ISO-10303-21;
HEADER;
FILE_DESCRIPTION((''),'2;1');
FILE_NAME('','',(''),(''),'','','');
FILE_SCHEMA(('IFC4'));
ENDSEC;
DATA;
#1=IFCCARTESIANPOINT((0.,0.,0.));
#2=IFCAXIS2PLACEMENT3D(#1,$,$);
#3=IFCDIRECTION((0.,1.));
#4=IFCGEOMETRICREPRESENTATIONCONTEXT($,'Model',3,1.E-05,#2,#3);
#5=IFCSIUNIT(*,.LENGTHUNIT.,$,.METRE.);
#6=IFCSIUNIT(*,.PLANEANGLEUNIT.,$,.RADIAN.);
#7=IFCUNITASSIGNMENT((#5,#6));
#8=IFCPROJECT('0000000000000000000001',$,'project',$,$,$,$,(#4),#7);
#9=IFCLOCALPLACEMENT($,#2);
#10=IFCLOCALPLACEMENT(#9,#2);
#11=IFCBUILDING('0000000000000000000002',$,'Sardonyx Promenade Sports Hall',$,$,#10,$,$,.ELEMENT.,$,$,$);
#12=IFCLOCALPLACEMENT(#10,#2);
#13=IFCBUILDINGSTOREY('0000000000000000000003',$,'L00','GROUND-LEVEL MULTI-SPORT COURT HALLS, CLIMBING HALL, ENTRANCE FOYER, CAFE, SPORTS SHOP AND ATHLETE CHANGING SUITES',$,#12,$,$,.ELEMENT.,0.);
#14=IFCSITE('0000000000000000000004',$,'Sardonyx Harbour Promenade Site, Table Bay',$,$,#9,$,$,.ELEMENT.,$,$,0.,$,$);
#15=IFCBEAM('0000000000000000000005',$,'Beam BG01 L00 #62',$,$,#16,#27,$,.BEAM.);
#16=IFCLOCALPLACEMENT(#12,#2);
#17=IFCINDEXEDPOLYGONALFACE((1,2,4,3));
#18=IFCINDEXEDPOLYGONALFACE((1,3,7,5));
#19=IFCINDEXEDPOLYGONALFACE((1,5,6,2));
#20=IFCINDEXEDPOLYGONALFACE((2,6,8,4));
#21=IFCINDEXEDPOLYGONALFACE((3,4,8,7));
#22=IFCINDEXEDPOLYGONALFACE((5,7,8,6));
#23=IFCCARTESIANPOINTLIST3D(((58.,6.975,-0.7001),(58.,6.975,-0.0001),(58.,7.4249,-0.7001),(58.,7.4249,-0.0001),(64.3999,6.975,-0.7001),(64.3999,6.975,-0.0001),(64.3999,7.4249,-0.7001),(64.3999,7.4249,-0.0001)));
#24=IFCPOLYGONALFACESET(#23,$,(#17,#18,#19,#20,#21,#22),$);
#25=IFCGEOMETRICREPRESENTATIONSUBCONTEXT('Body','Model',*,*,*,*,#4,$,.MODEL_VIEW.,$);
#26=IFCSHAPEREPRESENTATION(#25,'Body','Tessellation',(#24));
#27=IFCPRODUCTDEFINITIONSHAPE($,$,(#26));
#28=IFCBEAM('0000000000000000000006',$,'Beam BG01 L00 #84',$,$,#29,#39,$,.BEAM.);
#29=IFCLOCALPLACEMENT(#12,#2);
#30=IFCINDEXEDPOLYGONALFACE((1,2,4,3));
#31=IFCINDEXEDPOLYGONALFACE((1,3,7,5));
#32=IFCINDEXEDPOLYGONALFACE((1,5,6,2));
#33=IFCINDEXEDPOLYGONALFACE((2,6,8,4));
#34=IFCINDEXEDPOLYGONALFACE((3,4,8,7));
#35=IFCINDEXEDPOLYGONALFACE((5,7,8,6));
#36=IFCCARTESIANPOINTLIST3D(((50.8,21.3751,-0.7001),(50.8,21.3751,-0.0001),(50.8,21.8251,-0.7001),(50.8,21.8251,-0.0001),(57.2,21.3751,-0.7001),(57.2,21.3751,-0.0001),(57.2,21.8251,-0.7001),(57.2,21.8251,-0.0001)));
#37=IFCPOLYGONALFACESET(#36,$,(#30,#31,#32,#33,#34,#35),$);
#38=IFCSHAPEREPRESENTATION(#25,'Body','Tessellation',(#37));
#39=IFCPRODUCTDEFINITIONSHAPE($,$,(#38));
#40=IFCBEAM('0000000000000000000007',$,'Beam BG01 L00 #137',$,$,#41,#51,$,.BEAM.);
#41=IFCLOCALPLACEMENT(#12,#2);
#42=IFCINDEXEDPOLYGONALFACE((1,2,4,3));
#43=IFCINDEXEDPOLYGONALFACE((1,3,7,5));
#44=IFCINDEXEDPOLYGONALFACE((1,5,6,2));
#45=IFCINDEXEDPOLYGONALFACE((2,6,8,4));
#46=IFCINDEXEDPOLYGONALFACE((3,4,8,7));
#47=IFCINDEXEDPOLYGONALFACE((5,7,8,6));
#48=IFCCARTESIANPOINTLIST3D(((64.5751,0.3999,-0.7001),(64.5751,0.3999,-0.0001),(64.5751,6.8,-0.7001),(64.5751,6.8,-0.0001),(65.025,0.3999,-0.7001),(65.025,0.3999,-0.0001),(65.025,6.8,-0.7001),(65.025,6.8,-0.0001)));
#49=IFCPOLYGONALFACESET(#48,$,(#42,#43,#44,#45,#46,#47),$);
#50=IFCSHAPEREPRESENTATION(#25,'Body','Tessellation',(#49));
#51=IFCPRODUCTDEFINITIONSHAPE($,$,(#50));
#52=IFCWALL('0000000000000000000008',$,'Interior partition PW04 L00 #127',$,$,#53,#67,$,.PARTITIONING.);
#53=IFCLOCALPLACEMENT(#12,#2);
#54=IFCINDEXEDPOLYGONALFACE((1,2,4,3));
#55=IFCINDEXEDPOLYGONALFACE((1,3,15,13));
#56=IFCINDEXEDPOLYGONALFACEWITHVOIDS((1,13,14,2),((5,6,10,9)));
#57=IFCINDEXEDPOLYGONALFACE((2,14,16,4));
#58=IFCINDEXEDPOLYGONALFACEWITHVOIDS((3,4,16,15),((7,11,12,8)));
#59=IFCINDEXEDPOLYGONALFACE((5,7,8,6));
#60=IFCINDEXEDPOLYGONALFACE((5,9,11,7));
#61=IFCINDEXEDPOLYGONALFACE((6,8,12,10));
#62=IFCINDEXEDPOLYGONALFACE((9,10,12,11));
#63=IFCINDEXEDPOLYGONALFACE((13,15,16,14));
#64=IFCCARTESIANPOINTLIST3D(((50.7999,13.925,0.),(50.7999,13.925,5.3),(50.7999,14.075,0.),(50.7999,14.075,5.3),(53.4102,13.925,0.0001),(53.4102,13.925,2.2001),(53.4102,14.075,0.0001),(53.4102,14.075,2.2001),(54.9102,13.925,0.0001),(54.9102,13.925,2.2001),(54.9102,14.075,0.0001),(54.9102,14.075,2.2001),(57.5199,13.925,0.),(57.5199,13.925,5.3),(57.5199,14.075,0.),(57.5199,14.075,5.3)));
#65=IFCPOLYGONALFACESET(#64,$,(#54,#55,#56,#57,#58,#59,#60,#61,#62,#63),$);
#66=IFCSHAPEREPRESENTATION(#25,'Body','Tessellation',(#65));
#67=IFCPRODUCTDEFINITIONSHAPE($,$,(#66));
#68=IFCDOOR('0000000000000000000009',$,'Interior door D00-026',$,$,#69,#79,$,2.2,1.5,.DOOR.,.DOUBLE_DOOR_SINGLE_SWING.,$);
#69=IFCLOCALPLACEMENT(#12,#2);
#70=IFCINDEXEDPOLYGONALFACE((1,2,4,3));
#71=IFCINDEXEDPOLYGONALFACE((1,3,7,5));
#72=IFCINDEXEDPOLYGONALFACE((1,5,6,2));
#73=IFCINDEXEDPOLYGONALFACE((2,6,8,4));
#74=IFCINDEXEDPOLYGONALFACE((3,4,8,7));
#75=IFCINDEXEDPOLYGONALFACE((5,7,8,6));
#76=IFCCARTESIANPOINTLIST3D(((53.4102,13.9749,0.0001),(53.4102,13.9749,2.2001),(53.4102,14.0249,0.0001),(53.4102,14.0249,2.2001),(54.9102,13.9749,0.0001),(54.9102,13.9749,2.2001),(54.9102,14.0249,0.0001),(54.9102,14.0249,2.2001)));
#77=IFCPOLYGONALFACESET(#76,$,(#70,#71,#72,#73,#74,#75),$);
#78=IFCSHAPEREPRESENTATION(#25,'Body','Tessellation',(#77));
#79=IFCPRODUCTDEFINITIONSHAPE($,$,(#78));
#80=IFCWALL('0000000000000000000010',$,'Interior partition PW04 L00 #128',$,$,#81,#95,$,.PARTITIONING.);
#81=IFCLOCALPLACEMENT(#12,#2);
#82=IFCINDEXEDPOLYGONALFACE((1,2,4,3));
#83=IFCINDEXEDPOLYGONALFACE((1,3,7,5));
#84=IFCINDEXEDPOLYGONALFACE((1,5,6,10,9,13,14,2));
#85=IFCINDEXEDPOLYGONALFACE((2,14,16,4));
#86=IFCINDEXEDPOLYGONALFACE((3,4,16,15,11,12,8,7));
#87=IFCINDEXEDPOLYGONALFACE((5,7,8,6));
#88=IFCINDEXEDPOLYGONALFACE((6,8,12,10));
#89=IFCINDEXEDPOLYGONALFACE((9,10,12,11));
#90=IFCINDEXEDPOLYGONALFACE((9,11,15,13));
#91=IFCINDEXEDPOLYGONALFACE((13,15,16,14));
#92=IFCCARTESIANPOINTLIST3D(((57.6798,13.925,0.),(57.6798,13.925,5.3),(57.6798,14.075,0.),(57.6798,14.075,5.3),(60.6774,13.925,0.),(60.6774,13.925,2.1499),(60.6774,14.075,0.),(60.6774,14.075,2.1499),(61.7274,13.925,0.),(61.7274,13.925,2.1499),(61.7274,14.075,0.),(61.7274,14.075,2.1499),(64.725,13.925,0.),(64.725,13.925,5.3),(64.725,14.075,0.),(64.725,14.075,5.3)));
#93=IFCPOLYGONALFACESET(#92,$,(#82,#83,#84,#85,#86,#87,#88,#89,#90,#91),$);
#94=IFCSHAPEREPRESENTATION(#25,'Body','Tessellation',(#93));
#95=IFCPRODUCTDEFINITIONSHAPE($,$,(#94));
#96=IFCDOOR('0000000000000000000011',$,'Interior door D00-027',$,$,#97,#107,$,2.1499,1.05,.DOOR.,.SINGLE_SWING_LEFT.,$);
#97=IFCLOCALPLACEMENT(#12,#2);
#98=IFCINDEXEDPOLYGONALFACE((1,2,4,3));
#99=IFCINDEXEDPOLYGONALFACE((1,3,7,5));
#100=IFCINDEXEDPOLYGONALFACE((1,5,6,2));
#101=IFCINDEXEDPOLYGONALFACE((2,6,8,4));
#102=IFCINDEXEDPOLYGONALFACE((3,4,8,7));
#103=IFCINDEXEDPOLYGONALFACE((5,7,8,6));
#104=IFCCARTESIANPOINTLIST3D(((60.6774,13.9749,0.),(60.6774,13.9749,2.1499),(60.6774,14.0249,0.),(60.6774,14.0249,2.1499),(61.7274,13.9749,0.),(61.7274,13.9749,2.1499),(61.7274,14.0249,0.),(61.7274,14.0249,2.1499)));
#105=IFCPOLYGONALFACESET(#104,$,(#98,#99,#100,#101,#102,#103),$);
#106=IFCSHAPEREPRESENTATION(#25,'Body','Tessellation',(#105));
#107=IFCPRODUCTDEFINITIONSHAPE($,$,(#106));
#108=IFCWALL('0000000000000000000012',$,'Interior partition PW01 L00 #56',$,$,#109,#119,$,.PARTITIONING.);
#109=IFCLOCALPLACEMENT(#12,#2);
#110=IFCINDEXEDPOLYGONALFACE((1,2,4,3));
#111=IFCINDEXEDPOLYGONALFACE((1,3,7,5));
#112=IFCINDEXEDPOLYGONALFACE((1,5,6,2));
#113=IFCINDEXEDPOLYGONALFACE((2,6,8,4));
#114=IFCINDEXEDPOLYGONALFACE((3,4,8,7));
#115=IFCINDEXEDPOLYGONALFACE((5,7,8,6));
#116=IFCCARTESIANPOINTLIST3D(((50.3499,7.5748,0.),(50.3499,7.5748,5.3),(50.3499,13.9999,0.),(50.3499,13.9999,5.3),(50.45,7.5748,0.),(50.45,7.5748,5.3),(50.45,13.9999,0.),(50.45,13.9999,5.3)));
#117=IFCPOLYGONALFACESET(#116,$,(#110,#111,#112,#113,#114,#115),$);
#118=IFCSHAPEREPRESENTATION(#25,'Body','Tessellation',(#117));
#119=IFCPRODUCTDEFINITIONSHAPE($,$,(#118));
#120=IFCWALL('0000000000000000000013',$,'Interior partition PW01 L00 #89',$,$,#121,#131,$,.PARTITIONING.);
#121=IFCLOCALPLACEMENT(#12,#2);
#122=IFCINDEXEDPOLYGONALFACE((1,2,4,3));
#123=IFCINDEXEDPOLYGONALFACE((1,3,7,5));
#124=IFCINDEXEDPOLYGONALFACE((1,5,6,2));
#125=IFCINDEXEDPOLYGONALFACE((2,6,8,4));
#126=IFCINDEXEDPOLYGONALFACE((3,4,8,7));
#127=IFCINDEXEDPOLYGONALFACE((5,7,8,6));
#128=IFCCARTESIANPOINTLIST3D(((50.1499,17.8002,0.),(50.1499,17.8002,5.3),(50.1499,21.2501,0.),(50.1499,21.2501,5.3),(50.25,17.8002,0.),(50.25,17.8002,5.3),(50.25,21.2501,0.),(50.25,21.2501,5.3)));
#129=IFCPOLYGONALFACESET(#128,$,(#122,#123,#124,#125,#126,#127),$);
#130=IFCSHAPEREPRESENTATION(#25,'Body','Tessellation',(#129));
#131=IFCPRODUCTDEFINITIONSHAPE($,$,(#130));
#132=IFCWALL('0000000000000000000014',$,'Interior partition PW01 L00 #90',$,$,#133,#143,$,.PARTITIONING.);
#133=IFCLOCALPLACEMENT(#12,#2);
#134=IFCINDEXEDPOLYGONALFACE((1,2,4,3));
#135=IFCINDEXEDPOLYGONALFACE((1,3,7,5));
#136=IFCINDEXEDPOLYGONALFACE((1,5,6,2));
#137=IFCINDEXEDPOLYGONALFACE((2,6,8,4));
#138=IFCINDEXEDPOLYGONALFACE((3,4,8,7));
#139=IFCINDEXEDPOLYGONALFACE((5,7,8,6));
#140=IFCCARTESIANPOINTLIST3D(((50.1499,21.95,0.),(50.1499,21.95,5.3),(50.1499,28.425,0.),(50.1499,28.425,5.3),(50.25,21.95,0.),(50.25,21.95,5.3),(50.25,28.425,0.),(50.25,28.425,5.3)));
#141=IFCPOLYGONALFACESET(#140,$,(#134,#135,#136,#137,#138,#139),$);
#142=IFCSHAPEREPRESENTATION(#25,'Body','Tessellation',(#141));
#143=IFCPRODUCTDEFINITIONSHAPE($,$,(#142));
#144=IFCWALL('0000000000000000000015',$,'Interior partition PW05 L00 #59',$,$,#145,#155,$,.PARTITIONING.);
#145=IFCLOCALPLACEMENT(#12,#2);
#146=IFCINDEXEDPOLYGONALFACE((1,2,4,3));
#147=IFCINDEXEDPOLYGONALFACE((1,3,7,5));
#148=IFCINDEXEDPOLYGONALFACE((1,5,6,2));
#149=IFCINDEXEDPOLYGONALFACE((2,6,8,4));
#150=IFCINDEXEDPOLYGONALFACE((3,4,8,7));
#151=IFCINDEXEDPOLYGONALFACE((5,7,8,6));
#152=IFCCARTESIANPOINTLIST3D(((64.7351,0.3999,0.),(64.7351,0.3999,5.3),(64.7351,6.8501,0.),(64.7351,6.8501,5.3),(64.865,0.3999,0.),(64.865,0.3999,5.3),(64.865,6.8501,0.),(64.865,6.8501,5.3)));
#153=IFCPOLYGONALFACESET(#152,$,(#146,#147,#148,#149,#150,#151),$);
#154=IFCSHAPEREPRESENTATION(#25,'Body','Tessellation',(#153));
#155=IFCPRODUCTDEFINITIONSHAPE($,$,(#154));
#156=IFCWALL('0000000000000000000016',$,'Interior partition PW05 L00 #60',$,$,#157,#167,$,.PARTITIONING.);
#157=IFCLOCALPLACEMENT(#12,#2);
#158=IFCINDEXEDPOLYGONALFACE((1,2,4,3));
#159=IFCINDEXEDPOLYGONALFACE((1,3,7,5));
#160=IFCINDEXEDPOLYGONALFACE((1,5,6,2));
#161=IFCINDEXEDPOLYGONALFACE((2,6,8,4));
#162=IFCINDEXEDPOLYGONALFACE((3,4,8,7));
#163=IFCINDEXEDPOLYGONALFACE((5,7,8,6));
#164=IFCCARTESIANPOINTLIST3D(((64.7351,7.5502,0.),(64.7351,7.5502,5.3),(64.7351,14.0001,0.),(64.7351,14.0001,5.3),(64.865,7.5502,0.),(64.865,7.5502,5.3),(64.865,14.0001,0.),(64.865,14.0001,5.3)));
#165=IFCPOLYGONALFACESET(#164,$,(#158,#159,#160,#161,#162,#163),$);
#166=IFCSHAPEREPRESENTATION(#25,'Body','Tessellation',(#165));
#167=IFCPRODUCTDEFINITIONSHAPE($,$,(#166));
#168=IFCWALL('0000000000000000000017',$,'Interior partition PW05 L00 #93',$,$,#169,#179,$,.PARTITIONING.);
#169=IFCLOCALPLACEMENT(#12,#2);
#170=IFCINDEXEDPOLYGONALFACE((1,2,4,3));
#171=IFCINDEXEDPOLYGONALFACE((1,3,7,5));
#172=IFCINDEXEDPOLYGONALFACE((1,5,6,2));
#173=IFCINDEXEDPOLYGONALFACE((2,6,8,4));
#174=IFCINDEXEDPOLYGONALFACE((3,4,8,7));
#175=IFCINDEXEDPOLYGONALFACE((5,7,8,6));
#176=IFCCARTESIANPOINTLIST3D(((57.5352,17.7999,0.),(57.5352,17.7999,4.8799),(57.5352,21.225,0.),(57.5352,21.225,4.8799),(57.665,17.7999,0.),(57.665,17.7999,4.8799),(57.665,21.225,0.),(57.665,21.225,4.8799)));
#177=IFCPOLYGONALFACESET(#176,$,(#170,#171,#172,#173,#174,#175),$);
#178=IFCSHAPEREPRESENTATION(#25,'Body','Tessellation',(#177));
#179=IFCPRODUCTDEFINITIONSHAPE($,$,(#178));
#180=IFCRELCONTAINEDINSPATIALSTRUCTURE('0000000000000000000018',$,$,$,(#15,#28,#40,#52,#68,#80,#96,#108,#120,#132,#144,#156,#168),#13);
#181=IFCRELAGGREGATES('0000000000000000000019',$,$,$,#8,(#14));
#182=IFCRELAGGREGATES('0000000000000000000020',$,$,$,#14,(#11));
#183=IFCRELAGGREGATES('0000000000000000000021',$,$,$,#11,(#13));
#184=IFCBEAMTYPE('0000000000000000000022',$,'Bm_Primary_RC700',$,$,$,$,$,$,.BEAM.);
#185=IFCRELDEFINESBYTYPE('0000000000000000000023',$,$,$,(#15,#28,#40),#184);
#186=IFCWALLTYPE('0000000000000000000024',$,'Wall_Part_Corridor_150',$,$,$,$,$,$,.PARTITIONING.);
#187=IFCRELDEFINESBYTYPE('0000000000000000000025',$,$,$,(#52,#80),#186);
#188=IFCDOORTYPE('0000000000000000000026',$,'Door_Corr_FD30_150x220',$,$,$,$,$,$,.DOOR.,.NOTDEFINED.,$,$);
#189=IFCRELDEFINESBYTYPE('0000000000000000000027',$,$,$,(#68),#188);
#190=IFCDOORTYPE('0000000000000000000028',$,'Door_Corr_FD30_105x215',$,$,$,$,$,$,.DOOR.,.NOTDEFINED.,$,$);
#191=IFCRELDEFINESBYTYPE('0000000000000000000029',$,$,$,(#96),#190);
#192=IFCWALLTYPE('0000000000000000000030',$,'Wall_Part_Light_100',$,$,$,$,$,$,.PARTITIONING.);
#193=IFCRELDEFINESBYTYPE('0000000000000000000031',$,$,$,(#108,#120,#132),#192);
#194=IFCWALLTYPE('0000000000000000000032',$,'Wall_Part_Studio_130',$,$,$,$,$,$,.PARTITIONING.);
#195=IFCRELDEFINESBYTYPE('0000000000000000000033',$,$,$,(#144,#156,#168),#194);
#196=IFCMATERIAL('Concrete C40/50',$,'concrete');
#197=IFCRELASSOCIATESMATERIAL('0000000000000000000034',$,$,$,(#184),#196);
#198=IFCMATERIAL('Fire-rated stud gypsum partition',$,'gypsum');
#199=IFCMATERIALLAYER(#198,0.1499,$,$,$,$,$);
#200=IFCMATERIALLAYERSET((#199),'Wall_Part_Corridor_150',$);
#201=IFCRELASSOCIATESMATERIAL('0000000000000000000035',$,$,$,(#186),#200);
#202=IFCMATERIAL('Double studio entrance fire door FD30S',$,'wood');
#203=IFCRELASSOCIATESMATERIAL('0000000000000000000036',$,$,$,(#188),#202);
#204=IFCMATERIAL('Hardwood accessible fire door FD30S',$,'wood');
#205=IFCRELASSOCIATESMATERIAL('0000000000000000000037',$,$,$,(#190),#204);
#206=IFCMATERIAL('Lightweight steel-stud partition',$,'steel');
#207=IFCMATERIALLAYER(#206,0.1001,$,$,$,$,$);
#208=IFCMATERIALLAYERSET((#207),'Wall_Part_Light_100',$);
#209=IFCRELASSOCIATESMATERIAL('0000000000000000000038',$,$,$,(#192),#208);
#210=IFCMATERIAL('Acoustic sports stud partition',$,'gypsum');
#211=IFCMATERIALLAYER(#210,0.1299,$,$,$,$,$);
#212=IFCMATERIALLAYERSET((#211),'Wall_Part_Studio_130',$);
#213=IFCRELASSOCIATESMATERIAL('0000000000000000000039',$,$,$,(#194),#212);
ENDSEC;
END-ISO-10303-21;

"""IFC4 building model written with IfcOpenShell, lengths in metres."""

from ifc_helpers import new_model, si_unit, direction, frame, frame_2d, origin, origin_2d, place, context, subcontext, project, spatial, rectangle, extrude, material, layer, layer_set, material_profile, profile_set, type_object, element, fill, save


model = new_model("IFC4")

# Units and contexts
model_context = context("Model", 3, precision=1e-05, world=origin(), true_north=direction((0.0, 1.0)))
body_context = subcontext(model_context, "Body", "Model", "MODEL_VIEW")
ifc_project = project(units=[si_unit("LENGTHUNIT", "METRE"), si_unit("PLANEANGLEUNIT", "RADIAN")], contexts=[model_context])

# Site, building, storey
site_placement = place(None, origin())
site = spatial("IfcSite", under=ifc_project, at=site_placement, Name="Sardonyx Harbour Promenade Site, Table Bay", CompositionType="ELEMENT", RefElevation=0.0)
building_placement = place(site_placement, origin())
building = spatial("IfcBuilding", under=site, at=building_placement, Name="Sardonyx Promenade Sports Hall", CompositionType="ELEMENT")
storey_placement = place(building_placement, origin())
storey = spatial("IfcBuildingStorey", under=building, at=storey_placement, Name="L00", Description="GROUND-LEVEL MULTI-SPORT COURT HALLS, CLIMBING HALL, ENTRANCE FOYER, CAFE, SPORTS SHOP AND ATHLETE CHANGING SUITES", CompositionType="ELEMENT", Elevation=0.0)

# Beams
ifc_material_1 = material(Name="Concrete C40/50", Category="concrete")
ifc_material_profile_1 = material_profile(ifc_material_1, rectangle(XDim=0.45, YDim=0.7, at=origin_2d()))
ifc_profile_set_1 = profile_set([ifc_material_profile_1], Name="Concrete C40/50")
beam_type_1 = type_object("IfcBeamType", Name="Bm_Primary_RC700", PredefinedType="BEAM", material=ifc_profile_set_1)
for number, where, z_axis, x_axis, name in (
    (1, (58.0, 7.2, -0.3501), (1.0, 0.0, 0.0), (0.0, 1.0, 0.0), "Beam BG01 L00 #62"),
    (2, (50.8, 21.6001, -0.3501), (1.0, 0.0, 0.0), (0.0, 1.0, 0.0), "Beam BG01 L00 #84"),
):
    element("IfcBeam", number, at=place(storey_placement, frame(where, z_axis=z_axis, x_axis=x_axis)), inside=storey, type_object=beam_type_1, Name=name, PredefinedType="BEAM", context=body_context, shape_type="SweptSolid", body=[
        extrude(rectangle(XDim=0.45, YDim=0.7, at=origin_2d()), origin(), (0.0, 0.0, 1.0), 6.3999),
    ])
beam_placement = place(storey_placement, frame((64.8, 0.3999, -0.3501), z_axis=(0.0, 1.0, 0.0), x_axis=(-1.0, 0.0, 0.0)))
element("IfcBeam", 3, at=beam_placement, inside=storey, type_object=beam_type_1, Name="Beam BG01 L00 #137", PredefinedType="BEAM", context=body_context, shape_type="SweptSolid", body=[
    extrude(rectangle(XDim=0.45, YDim=0.7, at=origin_2d()), origin(), (0.0, 0.0, 1.0), 6.4001),
])

# Walls, openings, doors
ifc_material_2 = material(Name="Fire-rated stud gypsum partition", Category="gypsum")
ifc_layer_1 = layer(ifc_material_2, 0.1499)
ifc_layer_set_1 = layer_set([ifc_layer_1], Name="Wall_Part_Corridor_150")
wall_type_1 = type_object("IfcWallType", Name="Wall_Part_Corridor_150", PredefinedType="PARTITIONING", material=ifc_layer_set_1)
wall_1_placement = place(storey_placement, frame((50.8, 14.0, 0.0), z_axis=(0.0, 0.0, 1.0), x_axis=(1.0, 0.0, 0.0)))
wall_1 = element("IfcWall", 4, at=wall_1_placement, inside=storey, type_object=wall_type_1, Name="Interior partition PW04 L00 #127", PredefinedType="PARTITIONING", context=body_context, shape_type="SweptSolid", body=[
    extrude(rectangle(XDim=6.72, YDim=0.1499, at=frame_2d((3.3599, 0.0))), origin(), (0.0, 0.0, 1.0), 5.3),
])
opening_1_placement = place(wall_1_placement, frame((2.6101, 0.0, 0.0)))
opening_1 = element("IfcOpeningElement", 5, at=opening_1_placement, cuts=wall_1, PredefinedType="OPENING", context=body_context, shape_type="SweptSolid", body=[
    extrude(rectangle(XDim=1.5, YDim=2.2, at=frame_2d((0.75, 1.1001))), frame((0.0, 0.085, 0.0), z_axis=(0.0, -1.0, 0.0), x_axis=(1.0, 0.0, 0.0)), (0.0, 0.0, 1.0), 0.17),
])
ifc_material_3 = material(Name="Double studio entrance fire door FD30S", Category="wood")
door_type_1 = type_object("IfcDoorType", Name="Door_Corr_FD30_150x220", OperationType="NOTDEFINED", PredefinedType="DOOR", material=ifc_material_3)
door_1_placement = place(opening_1_placement, origin())
door_1 = element("IfcDoor", 6, at=door_1_placement, inside=storey, type_object=door_type_1, Name="Interior door D00-026", OperationType="DOUBLE_DOOR_SINGLE_SWING", OverallHeight=2.2, OverallWidth=1.5, PredefinedType="DOOR", context=body_context, shape_type="SweptSolid", body=[
    extrude(rectangle(XDim=1.5, YDim=2.2, at=frame_2d((0.75, 1.1001))), frame((0.0, 0.0249, 0.0), z_axis=(0.0, -1.0, 0.0), x_axis=(1.0, 0.0, 0.0)), (0.0, 0.0, 1.0), 0.05),
])
fill(opening_1, door_1)
wall_2_placement = place(storey_placement, frame((57.6799, 14.0, 0.0), z_axis=(0.0, 0.0, 1.0), x_axis=(1.0, 0.0, 0.0)))
wall_2 = element("IfcWall", 7, at=wall_2_placement, inside=storey, type_object=wall_type_1, Name="Interior partition PW04 L00 #128", PredefinedType="PARTITIONING", context=body_context, shape_type="SweptSolid", body=[
    extrude(rectangle(XDim=7.0452, YDim=0.1499, at=frame_2d((3.5225, 0.0))), origin(), (0.0, 0.0, 1.0), 5.3),
])
opening_2_placement = place(wall_2_placement, frame((2.9976, 0.0, 0.0)))
opening_2 = element("IfcOpeningElement", 8, at=opening_2_placement, cuts=wall_2, PredefinedType="OPENING", context=body_context, shape_type="SweptSolid", body=[
    extrude(rectangle(XDim=1.05, YDim=2.1499, at=frame_2d((0.5249, 1.075))), frame((0.0, 0.085, 0.0), z_axis=(0.0, -1.0, 0.0), x_axis=(1.0, 0.0, 0.0)), (0.0, 0.0, 1.0), 0.17),
])
ifc_material_4 = material(Name="Hardwood accessible fire door FD30S", Category="wood")
door_type_2 = type_object("IfcDoorType", Name="Door_Corr_FD30_105x215", OperationType="NOTDEFINED", PredefinedType="DOOR", material=ifc_material_4)
door_2_placement = place(opening_2_placement, origin())
door_2 = element("IfcDoor", 9, at=door_2_placement, inside=storey, type_object=door_type_2, Name="Interior door D00-027", OperationType="SINGLE_SWING_LEFT", OverallHeight=2.1499, OverallWidth=1.05, PredefinedType="DOOR", context=body_context, shape_type="SweptSolid", body=[
    extrude(rectangle(XDim=1.05, YDim=2.1499, at=frame_2d((0.5249, 1.075))), frame((0.0, 0.0249, 0.0), z_axis=(0.0, -1.0, 0.0), x_axis=(1.0, 0.0, 0.0)), (0.0, 0.0, 1.0), 0.05),
])
fill(opening_2, door_2)

# Walls
ifc_material_5 = material(Name="Lightweight steel-stud partition", Category="steel")
ifc_layer_2 = layer(ifc_material_5, 0.1001)
ifc_layer_set_2 = layer_set([ifc_layer_2], Name="Wall_Part_Light_100")
wall_type_2 = type_object("IfcWallType", Name="Wall_Part_Light_100", PredefinedType="PARTITIONING", material=ifc_layer_set_2)
wall_3_placement = place(storey_placement, frame((50.3999, 7.575, 0.0), z_axis=(0.0, 0.0, 1.0), x_axis=(0.0, 1.0, 0.0)))
element("IfcWall", 10, at=wall_3_placement, inside=storey, type_object=wall_type_2, Name="Interior partition PW01 L00 #56", PredefinedType="PARTITIONING", context=body_context, shape_type="SweptSolid", body=[
    extrude(rectangle(XDim=6.425, YDim=0.1001, at=frame_2d((3.2124, 0.0))), origin(), (0.0, 0.0, 1.0), 5.3),
])
wall_4_placement = place(storey_placement, frame((50.2, 17.8, 0.0), z_axis=(0.0, 0.0, 1.0), x_axis=(0.0, 1.0, 0.0)))
element("IfcWall", 11, at=wall_4_placement, inside=storey, type_object=wall_type_2, Name="Interior partition PW01 L00 #89", PredefinedType="PARTITIONING", context=body_context, shape_type="SweptSolid", body=[
    extrude(rectangle(XDim=3.45, YDim=0.1001, at=frame_2d((1.7251, 0.0))), origin(), (0.0, 0.0, 1.0), 5.3),
])
wall_5_placement = place(storey_placement, frame((50.2, 21.95, 0.0), z_axis=(0.0, 0.0, 1.0), x_axis=(0.0, 1.0, 0.0)))
element("IfcWall", 12, at=wall_5_placement, inside=storey, type_object=wall_type_2, Name="Interior partition PW01 L00 #90", PredefinedType="PARTITIONING", context=body_context, shape_type="SweptSolid", body=[
    extrude(rectangle(XDim=6.4751, YDim=0.1001, at=frame_2d((3.2375, 0.0))), origin(), (0.0, 0.0, 1.0), 5.3),
])
ifc_material_6 = material(Name="Acoustic sports stud partition", Category="gypsum")
ifc_layer_3 = layer(ifc_material_6, 0.1299)
ifc_layer_set_3 = layer_set([ifc_layer_3], Name="Wall_Part_Studio_130")
wall_type_3 = type_object("IfcWallType", Name="Wall_Part_Studio_130", PredefinedType="PARTITIONING", material=ifc_layer_set_3)
wall_6_placement = place(storey_placement, frame((64.8, 0.3999, 0.0), z_axis=(0.0, 0.0, 1.0), x_axis=(0.0, 1.0, 0.0)))
element("IfcWall", 13, at=wall_6_placement, inside=storey, type_object=wall_type_3, Name="Interior partition PW05 L00 #59", PredefinedType="PARTITIONING", context=body_context, shape_type="SweptSolid", body=[
    extrude(rectangle(XDim=6.4502, YDim=0.1299, at=frame_2d((3.2251, 0.0))), origin(), (0.0, 0.0, 1.0), 5.3),
])
wall_7_placement = place(storey_placement, frame((64.8, 7.55, 0.0), z_axis=(0.0, 0.0, 1.0), x_axis=(0.0, 1.0, 0.0)))
element("IfcWall", 14, at=wall_7_placement, inside=storey, type_object=wall_type_3, Name="Interior partition PW05 L00 #60", PredefinedType="PARTITIONING", context=body_context, shape_type="SweptSolid", body=[
    extrude(rectangle(XDim=6.45, YDim=0.1299, at=frame_2d((3.2251, 0.0))), origin(), (0.0, 0.0, 1.0), 5.3),
])
wall_8_placement = place(storey_placement, frame((57.6001, 17.8, 0.0), z_axis=(0.0, 0.0, 1.0), x_axis=(0.0, 1.0, 0.0)))
element("IfcWall", 15, at=wall_8_placement, inside=storey, type_object=wall_type_3, Name="Interior partition PW05 L00 #93", PredefinedType="PARTITIONING", context=body_context, shape_type="SweptSolid", body=[
    extrude(rectangle(XDim=3.425, YDim=0.1299, at=frame_2d((1.7124, 0.0))), origin(), (0.0, 0.0, 1.0), 4.8799),
])

save(model, "model.ifc")
